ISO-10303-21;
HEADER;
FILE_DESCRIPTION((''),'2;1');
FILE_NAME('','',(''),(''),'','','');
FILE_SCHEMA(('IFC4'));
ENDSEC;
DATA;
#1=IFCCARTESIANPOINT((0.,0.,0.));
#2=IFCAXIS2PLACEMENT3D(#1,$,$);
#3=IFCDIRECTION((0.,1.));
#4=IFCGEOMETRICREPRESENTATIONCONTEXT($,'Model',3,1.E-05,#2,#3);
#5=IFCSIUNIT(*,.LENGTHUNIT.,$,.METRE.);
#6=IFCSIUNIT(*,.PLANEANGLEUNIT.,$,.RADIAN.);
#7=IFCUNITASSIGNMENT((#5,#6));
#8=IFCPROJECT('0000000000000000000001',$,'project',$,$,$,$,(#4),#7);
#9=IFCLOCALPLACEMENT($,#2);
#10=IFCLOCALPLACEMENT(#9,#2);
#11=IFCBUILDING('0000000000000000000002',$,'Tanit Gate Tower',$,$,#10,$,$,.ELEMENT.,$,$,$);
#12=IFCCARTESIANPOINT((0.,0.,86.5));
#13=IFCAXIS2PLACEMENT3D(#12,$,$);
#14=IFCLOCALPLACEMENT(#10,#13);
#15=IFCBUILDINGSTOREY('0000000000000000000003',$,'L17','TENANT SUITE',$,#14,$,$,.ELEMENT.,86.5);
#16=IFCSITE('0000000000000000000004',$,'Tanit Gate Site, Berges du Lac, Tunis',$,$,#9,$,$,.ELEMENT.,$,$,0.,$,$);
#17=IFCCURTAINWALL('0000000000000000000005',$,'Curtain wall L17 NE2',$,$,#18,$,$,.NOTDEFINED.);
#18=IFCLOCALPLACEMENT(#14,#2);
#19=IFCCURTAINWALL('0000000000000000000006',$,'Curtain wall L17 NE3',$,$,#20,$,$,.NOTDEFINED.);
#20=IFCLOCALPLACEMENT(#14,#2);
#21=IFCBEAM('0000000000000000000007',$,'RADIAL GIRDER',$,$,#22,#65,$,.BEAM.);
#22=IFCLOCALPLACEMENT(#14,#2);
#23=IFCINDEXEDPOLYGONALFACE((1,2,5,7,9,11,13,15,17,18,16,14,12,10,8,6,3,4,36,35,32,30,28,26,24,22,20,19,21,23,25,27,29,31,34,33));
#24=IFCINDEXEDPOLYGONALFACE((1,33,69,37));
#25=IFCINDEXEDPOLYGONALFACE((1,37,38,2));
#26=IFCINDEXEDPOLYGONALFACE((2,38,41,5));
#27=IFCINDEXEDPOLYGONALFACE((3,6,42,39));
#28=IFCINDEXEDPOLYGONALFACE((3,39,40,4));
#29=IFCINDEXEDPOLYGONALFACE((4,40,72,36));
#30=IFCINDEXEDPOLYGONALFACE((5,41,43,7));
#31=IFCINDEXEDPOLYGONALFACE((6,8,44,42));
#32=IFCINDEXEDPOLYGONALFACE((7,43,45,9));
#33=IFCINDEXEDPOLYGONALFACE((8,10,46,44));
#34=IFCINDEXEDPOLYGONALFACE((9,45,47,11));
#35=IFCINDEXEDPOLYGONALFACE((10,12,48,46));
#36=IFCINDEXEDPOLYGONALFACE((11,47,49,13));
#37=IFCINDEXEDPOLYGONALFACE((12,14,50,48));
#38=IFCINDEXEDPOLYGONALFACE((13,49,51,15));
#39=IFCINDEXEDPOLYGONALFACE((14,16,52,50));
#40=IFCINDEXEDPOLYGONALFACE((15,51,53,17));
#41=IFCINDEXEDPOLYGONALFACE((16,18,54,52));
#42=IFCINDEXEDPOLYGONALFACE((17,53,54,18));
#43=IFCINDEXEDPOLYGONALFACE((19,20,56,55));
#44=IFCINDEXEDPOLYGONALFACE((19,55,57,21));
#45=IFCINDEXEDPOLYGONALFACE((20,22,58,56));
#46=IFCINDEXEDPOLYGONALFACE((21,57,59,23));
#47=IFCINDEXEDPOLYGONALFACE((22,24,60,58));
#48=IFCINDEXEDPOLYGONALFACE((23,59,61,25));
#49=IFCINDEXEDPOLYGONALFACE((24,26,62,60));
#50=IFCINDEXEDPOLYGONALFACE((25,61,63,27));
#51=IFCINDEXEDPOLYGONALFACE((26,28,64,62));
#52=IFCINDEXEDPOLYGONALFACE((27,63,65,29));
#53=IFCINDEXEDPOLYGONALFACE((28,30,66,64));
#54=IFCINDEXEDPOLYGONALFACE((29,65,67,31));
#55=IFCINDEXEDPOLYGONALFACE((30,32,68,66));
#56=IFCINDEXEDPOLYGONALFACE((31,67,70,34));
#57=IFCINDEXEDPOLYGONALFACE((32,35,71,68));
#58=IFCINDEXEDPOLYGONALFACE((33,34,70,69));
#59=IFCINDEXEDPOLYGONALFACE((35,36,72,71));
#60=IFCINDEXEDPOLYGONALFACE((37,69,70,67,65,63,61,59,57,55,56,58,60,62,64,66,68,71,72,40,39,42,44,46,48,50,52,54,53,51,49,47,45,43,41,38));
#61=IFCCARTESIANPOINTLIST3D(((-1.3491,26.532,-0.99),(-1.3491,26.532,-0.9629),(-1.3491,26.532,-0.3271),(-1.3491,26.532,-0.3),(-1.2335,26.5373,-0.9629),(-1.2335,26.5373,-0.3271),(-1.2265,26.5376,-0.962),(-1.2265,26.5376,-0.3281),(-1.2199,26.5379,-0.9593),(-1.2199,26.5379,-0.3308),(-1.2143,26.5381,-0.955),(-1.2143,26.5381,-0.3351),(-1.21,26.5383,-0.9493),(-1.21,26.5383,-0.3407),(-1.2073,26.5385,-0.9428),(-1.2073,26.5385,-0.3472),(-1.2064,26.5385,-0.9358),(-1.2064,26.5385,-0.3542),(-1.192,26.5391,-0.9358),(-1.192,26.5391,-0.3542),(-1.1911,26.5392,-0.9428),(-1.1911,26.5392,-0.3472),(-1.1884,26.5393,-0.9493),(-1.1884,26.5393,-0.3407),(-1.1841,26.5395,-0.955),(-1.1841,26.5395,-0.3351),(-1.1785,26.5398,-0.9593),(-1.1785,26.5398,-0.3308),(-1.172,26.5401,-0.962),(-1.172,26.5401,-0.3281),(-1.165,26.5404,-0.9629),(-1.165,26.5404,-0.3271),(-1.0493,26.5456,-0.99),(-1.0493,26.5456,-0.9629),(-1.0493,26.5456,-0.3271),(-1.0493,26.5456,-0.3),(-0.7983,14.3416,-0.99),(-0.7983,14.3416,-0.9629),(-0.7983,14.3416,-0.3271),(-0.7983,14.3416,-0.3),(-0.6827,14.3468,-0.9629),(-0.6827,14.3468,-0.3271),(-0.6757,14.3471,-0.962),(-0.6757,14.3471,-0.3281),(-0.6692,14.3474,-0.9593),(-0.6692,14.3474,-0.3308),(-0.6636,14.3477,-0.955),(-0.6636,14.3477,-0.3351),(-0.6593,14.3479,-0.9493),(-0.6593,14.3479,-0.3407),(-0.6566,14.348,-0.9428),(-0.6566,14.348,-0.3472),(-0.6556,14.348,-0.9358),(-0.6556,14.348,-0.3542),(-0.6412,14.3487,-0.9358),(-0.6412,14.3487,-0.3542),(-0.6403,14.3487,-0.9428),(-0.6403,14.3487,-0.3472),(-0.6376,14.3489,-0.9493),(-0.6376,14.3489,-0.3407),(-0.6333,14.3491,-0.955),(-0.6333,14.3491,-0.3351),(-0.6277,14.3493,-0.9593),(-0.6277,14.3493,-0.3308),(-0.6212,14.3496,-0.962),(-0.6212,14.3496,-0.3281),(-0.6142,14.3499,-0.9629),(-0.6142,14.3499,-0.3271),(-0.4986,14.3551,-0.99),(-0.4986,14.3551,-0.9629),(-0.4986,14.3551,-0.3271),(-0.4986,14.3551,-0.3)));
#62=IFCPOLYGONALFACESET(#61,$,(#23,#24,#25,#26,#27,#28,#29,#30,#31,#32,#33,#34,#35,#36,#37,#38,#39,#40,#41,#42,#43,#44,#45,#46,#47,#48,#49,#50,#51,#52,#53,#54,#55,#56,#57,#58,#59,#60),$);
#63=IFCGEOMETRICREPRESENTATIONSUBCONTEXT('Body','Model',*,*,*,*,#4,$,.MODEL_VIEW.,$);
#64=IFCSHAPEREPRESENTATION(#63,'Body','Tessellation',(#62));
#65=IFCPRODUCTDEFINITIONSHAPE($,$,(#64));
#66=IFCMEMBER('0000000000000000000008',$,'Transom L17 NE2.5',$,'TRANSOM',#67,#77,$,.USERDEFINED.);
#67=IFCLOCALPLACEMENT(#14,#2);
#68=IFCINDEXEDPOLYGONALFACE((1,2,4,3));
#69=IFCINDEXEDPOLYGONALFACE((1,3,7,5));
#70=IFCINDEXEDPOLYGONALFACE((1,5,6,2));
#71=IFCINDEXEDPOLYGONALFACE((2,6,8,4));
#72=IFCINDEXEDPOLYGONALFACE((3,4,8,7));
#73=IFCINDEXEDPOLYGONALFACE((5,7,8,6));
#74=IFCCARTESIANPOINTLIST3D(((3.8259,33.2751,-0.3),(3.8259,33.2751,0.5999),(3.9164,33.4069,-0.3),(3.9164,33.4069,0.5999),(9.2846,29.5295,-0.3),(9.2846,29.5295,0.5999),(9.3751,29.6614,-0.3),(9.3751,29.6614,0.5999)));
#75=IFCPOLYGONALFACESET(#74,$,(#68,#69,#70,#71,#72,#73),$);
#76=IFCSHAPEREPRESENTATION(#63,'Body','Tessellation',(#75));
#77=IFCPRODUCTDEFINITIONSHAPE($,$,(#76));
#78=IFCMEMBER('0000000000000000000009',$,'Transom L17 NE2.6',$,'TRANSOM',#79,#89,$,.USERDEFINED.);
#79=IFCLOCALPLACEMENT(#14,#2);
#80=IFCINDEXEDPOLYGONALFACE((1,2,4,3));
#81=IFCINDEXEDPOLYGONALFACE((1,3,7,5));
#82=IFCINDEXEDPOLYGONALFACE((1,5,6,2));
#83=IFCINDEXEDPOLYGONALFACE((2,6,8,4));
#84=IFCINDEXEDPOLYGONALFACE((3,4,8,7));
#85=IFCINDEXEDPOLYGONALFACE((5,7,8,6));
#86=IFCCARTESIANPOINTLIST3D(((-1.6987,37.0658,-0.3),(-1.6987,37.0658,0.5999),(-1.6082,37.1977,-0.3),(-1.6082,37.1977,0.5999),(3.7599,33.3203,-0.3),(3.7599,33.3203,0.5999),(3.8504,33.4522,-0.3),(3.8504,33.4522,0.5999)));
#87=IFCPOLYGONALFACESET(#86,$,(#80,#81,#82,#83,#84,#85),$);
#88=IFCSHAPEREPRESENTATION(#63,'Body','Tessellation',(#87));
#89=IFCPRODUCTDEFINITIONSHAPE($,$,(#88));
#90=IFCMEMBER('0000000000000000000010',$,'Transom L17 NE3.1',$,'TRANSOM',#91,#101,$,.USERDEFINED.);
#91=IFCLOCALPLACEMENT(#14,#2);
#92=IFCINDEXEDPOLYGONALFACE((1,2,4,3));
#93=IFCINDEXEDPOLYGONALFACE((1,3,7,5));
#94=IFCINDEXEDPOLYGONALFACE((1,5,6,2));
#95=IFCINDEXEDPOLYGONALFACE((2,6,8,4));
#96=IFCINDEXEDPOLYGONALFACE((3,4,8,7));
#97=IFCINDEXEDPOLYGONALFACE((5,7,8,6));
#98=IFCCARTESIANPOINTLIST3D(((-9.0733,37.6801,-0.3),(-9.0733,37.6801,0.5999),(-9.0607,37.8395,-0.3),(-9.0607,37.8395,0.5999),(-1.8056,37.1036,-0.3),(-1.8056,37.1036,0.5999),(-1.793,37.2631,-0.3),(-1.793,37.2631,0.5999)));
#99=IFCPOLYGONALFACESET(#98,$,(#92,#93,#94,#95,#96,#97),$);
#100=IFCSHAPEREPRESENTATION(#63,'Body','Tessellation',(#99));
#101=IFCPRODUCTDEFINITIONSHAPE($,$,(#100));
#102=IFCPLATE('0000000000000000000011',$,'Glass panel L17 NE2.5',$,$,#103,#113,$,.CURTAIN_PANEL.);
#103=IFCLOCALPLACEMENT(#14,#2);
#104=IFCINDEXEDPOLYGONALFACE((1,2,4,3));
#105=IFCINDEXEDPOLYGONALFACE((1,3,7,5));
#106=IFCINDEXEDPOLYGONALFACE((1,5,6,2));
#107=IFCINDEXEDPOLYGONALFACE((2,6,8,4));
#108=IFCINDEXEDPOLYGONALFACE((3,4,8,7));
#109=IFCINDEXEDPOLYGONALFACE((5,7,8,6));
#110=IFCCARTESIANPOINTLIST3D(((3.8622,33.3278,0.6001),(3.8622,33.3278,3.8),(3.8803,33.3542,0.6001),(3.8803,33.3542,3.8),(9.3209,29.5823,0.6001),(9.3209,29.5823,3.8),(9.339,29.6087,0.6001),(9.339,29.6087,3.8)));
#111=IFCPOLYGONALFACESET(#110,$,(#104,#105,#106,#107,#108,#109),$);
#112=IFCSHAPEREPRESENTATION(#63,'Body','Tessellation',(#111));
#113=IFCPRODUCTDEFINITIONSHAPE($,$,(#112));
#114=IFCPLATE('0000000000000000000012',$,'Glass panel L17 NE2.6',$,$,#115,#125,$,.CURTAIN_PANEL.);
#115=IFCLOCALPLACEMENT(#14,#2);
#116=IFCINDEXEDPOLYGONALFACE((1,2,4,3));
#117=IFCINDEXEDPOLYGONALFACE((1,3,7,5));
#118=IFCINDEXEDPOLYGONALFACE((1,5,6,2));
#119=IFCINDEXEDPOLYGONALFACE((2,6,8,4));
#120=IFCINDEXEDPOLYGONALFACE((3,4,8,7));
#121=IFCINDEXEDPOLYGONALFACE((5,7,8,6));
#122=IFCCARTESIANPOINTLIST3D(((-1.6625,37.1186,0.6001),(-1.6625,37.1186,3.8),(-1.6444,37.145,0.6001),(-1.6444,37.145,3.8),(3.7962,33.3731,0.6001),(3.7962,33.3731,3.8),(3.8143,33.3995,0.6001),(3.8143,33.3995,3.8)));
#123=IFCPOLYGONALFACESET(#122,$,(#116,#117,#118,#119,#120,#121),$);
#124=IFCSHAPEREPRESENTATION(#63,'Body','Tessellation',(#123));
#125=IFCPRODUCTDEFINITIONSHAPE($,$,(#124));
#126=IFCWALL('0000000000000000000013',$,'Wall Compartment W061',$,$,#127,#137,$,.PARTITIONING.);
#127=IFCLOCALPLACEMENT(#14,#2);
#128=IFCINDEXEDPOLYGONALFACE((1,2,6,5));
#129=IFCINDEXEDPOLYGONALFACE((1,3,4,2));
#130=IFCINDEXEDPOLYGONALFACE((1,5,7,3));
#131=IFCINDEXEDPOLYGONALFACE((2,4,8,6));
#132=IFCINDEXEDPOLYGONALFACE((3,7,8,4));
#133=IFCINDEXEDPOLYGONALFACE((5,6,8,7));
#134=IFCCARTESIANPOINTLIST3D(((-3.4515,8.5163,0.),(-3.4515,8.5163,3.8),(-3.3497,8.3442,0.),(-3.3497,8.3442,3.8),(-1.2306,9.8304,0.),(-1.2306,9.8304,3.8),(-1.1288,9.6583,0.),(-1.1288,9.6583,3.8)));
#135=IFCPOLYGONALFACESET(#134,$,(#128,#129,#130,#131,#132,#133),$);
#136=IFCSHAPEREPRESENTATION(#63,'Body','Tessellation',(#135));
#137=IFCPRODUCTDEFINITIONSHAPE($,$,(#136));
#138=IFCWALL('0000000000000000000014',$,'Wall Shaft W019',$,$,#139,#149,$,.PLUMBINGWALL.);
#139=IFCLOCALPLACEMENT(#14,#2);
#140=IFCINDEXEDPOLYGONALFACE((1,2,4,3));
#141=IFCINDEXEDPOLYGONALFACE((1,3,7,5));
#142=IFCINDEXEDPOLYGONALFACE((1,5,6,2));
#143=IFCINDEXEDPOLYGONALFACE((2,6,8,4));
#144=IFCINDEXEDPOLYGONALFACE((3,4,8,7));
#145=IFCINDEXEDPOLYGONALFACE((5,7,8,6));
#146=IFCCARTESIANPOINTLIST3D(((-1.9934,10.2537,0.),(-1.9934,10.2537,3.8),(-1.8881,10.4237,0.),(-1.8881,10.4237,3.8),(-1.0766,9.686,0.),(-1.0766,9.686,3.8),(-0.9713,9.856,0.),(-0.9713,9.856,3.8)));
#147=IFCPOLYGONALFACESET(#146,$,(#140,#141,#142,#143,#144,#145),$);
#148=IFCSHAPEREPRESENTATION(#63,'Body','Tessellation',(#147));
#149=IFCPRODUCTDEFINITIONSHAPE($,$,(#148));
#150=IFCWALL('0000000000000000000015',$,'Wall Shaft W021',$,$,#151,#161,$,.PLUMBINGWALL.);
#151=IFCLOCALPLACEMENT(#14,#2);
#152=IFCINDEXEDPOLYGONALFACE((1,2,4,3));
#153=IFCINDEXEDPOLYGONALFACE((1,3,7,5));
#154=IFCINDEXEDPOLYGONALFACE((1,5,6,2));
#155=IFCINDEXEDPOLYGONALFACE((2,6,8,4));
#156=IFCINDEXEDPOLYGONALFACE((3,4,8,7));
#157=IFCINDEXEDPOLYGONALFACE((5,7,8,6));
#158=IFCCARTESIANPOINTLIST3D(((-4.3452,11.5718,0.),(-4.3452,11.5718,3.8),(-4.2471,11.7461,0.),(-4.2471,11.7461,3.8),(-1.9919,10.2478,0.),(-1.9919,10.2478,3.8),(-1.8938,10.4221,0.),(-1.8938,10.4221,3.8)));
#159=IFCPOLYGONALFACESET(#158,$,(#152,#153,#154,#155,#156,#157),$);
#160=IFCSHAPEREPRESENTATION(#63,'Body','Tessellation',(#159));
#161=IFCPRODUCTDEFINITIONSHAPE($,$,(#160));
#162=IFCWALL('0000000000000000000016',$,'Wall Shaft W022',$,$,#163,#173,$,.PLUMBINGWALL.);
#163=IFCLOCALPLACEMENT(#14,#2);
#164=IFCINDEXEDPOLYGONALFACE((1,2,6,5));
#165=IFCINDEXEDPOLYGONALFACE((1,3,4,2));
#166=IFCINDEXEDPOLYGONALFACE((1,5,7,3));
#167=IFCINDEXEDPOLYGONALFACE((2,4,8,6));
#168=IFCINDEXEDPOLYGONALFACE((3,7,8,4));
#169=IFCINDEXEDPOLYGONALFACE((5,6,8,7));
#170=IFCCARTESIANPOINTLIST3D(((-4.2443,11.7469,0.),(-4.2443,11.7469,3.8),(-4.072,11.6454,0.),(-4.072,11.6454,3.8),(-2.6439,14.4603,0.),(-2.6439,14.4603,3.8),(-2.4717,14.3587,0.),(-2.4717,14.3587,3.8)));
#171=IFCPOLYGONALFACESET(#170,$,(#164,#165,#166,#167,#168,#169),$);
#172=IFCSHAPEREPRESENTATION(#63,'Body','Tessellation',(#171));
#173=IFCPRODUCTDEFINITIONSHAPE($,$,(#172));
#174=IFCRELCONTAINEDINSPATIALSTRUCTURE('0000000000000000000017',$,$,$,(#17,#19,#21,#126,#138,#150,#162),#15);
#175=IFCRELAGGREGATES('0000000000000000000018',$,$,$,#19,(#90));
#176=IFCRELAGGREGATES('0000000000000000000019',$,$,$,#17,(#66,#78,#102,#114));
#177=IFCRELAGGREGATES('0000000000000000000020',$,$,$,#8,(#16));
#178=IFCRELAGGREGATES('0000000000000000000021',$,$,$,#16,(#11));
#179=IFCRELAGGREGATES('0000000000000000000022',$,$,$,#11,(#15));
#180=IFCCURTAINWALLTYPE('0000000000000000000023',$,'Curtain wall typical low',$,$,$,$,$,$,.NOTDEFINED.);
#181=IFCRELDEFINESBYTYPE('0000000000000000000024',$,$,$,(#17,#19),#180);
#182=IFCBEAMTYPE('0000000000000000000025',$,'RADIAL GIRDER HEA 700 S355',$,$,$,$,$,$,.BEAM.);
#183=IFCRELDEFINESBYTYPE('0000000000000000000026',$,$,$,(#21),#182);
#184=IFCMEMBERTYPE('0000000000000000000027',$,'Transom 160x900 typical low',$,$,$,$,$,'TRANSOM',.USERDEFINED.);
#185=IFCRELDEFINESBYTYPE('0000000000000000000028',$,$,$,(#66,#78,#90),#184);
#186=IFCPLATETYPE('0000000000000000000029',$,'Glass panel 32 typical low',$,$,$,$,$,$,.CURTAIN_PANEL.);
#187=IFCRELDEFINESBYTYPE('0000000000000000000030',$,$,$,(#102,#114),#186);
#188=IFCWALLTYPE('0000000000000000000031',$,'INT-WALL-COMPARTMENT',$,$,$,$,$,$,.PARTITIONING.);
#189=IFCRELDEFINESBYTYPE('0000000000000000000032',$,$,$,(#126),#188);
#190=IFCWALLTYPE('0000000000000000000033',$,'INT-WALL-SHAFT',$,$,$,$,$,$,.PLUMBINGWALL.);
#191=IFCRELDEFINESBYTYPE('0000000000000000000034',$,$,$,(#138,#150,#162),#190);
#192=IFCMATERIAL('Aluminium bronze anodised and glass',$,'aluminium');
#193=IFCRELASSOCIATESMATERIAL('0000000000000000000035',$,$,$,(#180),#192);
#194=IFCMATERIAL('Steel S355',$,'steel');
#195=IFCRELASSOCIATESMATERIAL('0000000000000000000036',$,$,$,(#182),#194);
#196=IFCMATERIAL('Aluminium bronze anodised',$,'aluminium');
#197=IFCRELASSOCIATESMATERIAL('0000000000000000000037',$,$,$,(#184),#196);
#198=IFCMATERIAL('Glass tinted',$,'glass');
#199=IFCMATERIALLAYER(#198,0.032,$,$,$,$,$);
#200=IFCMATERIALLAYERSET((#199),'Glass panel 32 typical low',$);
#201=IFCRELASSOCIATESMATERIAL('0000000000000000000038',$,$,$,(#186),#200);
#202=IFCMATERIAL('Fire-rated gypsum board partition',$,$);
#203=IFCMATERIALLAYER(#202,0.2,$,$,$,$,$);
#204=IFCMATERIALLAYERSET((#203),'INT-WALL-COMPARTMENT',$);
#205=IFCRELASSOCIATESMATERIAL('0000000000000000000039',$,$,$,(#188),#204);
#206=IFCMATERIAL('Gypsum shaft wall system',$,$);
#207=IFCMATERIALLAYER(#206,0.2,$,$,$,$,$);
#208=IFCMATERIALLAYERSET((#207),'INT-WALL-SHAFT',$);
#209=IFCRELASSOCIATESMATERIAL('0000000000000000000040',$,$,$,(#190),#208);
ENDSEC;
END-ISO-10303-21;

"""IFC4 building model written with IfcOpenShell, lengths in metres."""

from ifc_helpers import new_model, si_unit, direction, frame, frame_2d, origin, origin_2d, place, context, subcontext, project, spatial, rectangle, i_section, extrude, material, layer, layer_set, material_profile, profile_set, type_object, element, aggregate, save


model = new_model("IFC4")

# Units and contexts
model_context = context("Model", 3, precision=1e-05, world=origin(), true_north=direction((0.0, 1.0)))
body_context = subcontext(model_context, "Body", "Model", "MODEL_VIEW")
ifc_project = project(units=[si_unit("LENGTHUNIT", "METRE"), si_unit("PLANEANGLEUNIT", "RADIAN")], contexts=[model_context])

# Site, building, storey
site_placement = place(None, origin())
site = spatial("IfcSite", under=ifc_project, at=site_placement, Name="Tanit Gate Site, Berges du Lac, Tunis", CompositionType="ELEMENT", RefElevation=0.0)
building_placement = place(site_placement, origin())
building = spatial("IfcBuilding", under=site, at=building_placement, Name="Tanit Gate Tower", CompositionType="ELEMENT")
storey_placement = place(building_placement, frame((0.0, 0.0, 86.5)))
storey = spatial("IfcBuildingStorey", under=building, at=storey_placement, Name="L17", Description="TENANT SUITE", CompositionType="ELEMENT", Elevation=86.5)

# Curtain wall
ifc_material_1 = material(Name="Aluminium bronze anodised and glass", Category="aluminium")
curtain_wall_type = type_object("IfcCurtainWallType", Name="Curtain wall typical low", PredefinedType="NOTDEFINED", material=ifc_material_1)
curtain_wall_1_placement = place(storey_placement, origin())
curtain_wall_1 = element("IfcCurtainWall", 1, at=curtain_wall_1_placement, inside=storey, type_object=curtain_wall_type, Name="Curtain wall L17 NE2", PredefinedType="NOTDEFINED")

# Curtain wall
curtain_wall_2_placement = place(storey_placement, origin())
curtain_wall_2 = element("IfcCurtainWall", 2, at=curtain_wall_2_placement, inside=storey, type_object=curtain_wall_type, Name="Curtain wall L17 NE3", PredefinedType="NOTDEFINED")

# Beam
ifc_material_2 = material(Name="Steel S355", Category="steel")
ifc_material_profile_1 = material_profile(ifc_material_2, i_section(OverallWidth=0.3, OverallDepth=0.6899, WebThickness=0.0144, FlangeThickness=0.0271, FilletRadius=0.0271, at=origin_2d()), Name="HEA 700")
ifc_profile_set_1 = profile_set([ifc_material_profile_1], Name="Steel S355")
beam_type = type_object("IfcBeamType", Name="RADIAL GIRDER HEA 700 S355", PredefinedType="BEAM", material=ifc_profile_set_1)
beam_1_placement = place(storey_placement, frame((-1.1992, 26.5388, -0.645), z_axis=(0.045135, -0.998981, 0.0), x_axis=(0.998981, 0.045135, 0.0)))
element("IfcBeam", 3, at=beam_1_placement, inside=storey, type_object=beam_type, Name="RADIAL GIRDER", PredefinedType="BEAM", context=body_context, shape_type="SweptSolid", body=[
    extrude(i_section(OverallWidth=0.3, OverallDepth=0.6899, WebThickness=0.0144, FlangeThickness=0.0271, FilletRadius=0.0271, at=origin_2d()), origin(), (0.0, 0.0, 1.0), 12.2029),
])

# Members
ifc_material_3 = material(Name="Aluminium bronze anodised", Category="aluminium")
ifc_material_profile_2 = material_profile(ifc_material_3, rectangle(XDim=0.1599, YDim=0.8999, at=origin_2d()), Name="160x900 bronze transom")
ifc_profile_set_2 = profile_set([ifc_material_profile_2], Name="Aluminium bronze anodised")
member_type_1 = type_object("IfcMemberType", Name="Transom 160x900 typical low", ElementType="TRANSOM", PredefinedType="USERDEFINED", material=ifc_profile_set_2)
member_1_placement = place(storey_placement, frame((9.3298, 29.5955, 0.1499), z_axis=(-0.824555, 0.565782, 0.0), x_axis=(-0.565782, -0.824555, 0.0)))
member_1 = element("IfcMember", 4, at=member_1_placement, type_object=member_type_1, Name="Transom L17 NE2.5", ObjectType="TRANSOM", PredefinedType="USERDEFINED", context=body_context, shape_type="SweptSolid", body=[
    extrude(rectangle(XDim=0.1599, YDim=0.8999, at=origin_2d()), origin(), (0.0, 0.0, 1.0), 6.6201),
])
member_2_placement = place(storey_placement, frame((3.8052, 33.3862, 0.1499), z_axis=(-0.824555, 0.565782, 0.0), x_axis=(-0.565782, -0.824555, 0.0)))
member_2 = element("IfcMember", 5, at=member_2_placement, type_object=member_type_1, Name="Transom L17 NE2.6", ObjectType="TRANSOM", PredefinedType="USERDEFINED", context=body_context, shape_type="SweptSolid", body=[
    extrude(rectangle(XDim=0.1599, YDim=0.8999, at=origin_2d()), origin(), (0.0, 0.0, 1.0), 6.6201),
])
member_3_placement = place(storey_placement, frame((-1.7993, 37.1833, 0.1499), z_axis=(-0.99687, 0.079062, 0.0), x_axis=(-0.079062, -0.99687, 0.0)))
member_3 = element("IfcMember", 6, at=member_3_placement, type_object=member_type_1, Name="Transom L17 NE3.1", ObjectType="TRANSOM", PredefinedType="USERDEFINED", context=body_context, shape_type="SweptSolid", body=[
    extrude(rectangle(XDim=0.1599, YDim=0.8999, at=origin_2d()), origin(), (0.0, 0.0, 1.0), 7.2905),
])
aggregate(curtain_wall_2, [member_3])

# Plates
ifc_material_4 = material(Name="Glass tinted", Category="glass")
ifc_layer_1 = layer(ifc_material_4, 0.032)
ifc_layer_set_1 = layer_set([ifc_layer_1], Name="Glass panel 32 typical low")
plate_type = type_object("IfcPlateType", Name="Glass panel 32 typical low", PredefinedType="CURTAIN_PANEL", material=ifc_layer_set_1)
plate_1_placement = place(storey_placement, frame((6.6006, 31.4683, 0.6001), z_axis=(0.0, 0.0, 1.0), x_axis=(-0.824557, 0.56578, 0.0)))
plate_1 = element("IfcPlate", 7, at=plate_1_placement, type_object=plate_type, Name="Glass panel L17 NE2.5", PredefinedType="CURTAIN_PANEL", context=body_context, shape_type="SweptSolid", body=[
    extrude(rectangle(XDim=6.6201, YDim=0.032, at=origin_2d()), origin(), (0.0, 0.0, 1.0), 3.2),
])
plate_2_placement = place(storey_placement, frame((1.0759, 35.259, 0.6001), z_axis=(0.0, 0.0, 1.0), x_axis=(-0.824557, 0.56578, 0.0)))
plate_2 = element("IfcPlate", 8, at=plate_2_placement, type_object=plate_type, Name="Glass panel L17 NE2.6", PredefinedType="CURTAIN_PANEL", context=body_context, shape_type="SweptSolid", body=[
    extrude(rectangle(XDim=6.6201, YDim=0.032, at=origin_2d()), origin(), (0.0, 0.0, 1.0), 3.2),
])
aggregate(curtain_wall_1, [member_1, member_2, plate_1, plate_2])

# Walls
ifc_material_5 = material(Name="Fire-rated gypsum board partition")
ifc_layer_2 = layer(ifc_material_5, 0.2)
ifc_layer_set_2 = layer_set([ifc_layer_2], Name="INT-WALL-COMPARTMENT")
wall_type_1 = type_object("IfcWallType", Name="INT-WALL-COMPARTMENT", PredefinedType="PARTITIONING", material=ifc_layer_set_2)
wall_1_placement = place(storey_placement, frame((-1.1797, 9.7444, 0.0), z_axis=(0.0, 0.0, 1.0), x_axis=(-0.860616, -0.509255, 0.0)))
element("IfcWall", 9, at=wall_1_placement, inside=storey, type_object=wall_type_1, Name="Wall Compartment W061", PredefinedType="PARTITIONING", context=body_context, shape_type="SweptSolid", body=[
    extrude(rectangle(XDim=2.5806, YDim=0.2, at=frame_2d((1.2903, 0.0))), origin(), (0.0, 0.0, 1.0), 3.8),
])
ifc_material_6 = material(Name="Gypsum shaft wall system")
ifc_layer_3 = layer(ifc_material_6, 0.2)
ifc_layer_set_3 = layer_set([ifc_layer_3], Name="INT-WALL-SHAFT")
wall_type_2 = type_object("IfcWallType", Name="INT-WALL-SHAFT", PredefinedType="PLUMBINGWALL", material=ifc_layer_set_3)
wall_2_placement = place(storey_placement, frame((-1.9407, 10.3386, 0.0), z_axis=(0.0, 0.0, 1.0), x_axis=(0.850217, -0.526433, 0.0)))
element("IfcWall", 10, at=wall_2_placement, inside=storey, type_object=wall_type_2, Name="Wall Shaft W019", PredefinedType="PLUMBINGWALL", context=body_context, shape_type="SweptSolid", body=[
    extrude(rectangle(XDim=1.0784, YDim=0.2, at=frame_2d((0.5391, 0.0))), origin(), (0.0, 0.0, 1.0), 3.8),
])
wall_3_placement = place(storey_placement, frame((-4.2961, 11.6589, 0.0), z_axis=(0.0, 0.0, 1.0), x_axis=(0.871534, -0.490334, 0.0)))
element("IfcWall", 11, at=wall_3_placement, inside=storey, type_object=wall_type_2, Name="Wall Shaft W021", PredefinedType="PLUMBINGWALL", context=body_context, shape_type="SweptSolid", body=[
    extrude(rectangle(XDim=2.7002, YDim=0.2, at=frame_2d((1.3501, 0.0))), origin(), (0.0, 0.0, 1.0), 3.8),
])
wall_4_placement = place(storey_placement, frame((-4.1582, 11.696, 0.0), z_axis=(0.0, 0.0, 1.0), x_axis=(0.508019, 0.861346, 0.0)))
element("IfcWall", 12, at=wall_4_placement, inside=storey, type_object=wall_type_2, Name="Wall Shaft W022", PredefinedType="PLUMBINGWALL", context=body_context, shape_type="SweptSolid", body=[
    extrude(rectangle(XDim=3.1501, YDim=0.2, at=frame_2d((1.5752, 0.0))), origin(), (0.0, 0.0, 1.0), 3.8),
])

save(model, "model.ifc")
